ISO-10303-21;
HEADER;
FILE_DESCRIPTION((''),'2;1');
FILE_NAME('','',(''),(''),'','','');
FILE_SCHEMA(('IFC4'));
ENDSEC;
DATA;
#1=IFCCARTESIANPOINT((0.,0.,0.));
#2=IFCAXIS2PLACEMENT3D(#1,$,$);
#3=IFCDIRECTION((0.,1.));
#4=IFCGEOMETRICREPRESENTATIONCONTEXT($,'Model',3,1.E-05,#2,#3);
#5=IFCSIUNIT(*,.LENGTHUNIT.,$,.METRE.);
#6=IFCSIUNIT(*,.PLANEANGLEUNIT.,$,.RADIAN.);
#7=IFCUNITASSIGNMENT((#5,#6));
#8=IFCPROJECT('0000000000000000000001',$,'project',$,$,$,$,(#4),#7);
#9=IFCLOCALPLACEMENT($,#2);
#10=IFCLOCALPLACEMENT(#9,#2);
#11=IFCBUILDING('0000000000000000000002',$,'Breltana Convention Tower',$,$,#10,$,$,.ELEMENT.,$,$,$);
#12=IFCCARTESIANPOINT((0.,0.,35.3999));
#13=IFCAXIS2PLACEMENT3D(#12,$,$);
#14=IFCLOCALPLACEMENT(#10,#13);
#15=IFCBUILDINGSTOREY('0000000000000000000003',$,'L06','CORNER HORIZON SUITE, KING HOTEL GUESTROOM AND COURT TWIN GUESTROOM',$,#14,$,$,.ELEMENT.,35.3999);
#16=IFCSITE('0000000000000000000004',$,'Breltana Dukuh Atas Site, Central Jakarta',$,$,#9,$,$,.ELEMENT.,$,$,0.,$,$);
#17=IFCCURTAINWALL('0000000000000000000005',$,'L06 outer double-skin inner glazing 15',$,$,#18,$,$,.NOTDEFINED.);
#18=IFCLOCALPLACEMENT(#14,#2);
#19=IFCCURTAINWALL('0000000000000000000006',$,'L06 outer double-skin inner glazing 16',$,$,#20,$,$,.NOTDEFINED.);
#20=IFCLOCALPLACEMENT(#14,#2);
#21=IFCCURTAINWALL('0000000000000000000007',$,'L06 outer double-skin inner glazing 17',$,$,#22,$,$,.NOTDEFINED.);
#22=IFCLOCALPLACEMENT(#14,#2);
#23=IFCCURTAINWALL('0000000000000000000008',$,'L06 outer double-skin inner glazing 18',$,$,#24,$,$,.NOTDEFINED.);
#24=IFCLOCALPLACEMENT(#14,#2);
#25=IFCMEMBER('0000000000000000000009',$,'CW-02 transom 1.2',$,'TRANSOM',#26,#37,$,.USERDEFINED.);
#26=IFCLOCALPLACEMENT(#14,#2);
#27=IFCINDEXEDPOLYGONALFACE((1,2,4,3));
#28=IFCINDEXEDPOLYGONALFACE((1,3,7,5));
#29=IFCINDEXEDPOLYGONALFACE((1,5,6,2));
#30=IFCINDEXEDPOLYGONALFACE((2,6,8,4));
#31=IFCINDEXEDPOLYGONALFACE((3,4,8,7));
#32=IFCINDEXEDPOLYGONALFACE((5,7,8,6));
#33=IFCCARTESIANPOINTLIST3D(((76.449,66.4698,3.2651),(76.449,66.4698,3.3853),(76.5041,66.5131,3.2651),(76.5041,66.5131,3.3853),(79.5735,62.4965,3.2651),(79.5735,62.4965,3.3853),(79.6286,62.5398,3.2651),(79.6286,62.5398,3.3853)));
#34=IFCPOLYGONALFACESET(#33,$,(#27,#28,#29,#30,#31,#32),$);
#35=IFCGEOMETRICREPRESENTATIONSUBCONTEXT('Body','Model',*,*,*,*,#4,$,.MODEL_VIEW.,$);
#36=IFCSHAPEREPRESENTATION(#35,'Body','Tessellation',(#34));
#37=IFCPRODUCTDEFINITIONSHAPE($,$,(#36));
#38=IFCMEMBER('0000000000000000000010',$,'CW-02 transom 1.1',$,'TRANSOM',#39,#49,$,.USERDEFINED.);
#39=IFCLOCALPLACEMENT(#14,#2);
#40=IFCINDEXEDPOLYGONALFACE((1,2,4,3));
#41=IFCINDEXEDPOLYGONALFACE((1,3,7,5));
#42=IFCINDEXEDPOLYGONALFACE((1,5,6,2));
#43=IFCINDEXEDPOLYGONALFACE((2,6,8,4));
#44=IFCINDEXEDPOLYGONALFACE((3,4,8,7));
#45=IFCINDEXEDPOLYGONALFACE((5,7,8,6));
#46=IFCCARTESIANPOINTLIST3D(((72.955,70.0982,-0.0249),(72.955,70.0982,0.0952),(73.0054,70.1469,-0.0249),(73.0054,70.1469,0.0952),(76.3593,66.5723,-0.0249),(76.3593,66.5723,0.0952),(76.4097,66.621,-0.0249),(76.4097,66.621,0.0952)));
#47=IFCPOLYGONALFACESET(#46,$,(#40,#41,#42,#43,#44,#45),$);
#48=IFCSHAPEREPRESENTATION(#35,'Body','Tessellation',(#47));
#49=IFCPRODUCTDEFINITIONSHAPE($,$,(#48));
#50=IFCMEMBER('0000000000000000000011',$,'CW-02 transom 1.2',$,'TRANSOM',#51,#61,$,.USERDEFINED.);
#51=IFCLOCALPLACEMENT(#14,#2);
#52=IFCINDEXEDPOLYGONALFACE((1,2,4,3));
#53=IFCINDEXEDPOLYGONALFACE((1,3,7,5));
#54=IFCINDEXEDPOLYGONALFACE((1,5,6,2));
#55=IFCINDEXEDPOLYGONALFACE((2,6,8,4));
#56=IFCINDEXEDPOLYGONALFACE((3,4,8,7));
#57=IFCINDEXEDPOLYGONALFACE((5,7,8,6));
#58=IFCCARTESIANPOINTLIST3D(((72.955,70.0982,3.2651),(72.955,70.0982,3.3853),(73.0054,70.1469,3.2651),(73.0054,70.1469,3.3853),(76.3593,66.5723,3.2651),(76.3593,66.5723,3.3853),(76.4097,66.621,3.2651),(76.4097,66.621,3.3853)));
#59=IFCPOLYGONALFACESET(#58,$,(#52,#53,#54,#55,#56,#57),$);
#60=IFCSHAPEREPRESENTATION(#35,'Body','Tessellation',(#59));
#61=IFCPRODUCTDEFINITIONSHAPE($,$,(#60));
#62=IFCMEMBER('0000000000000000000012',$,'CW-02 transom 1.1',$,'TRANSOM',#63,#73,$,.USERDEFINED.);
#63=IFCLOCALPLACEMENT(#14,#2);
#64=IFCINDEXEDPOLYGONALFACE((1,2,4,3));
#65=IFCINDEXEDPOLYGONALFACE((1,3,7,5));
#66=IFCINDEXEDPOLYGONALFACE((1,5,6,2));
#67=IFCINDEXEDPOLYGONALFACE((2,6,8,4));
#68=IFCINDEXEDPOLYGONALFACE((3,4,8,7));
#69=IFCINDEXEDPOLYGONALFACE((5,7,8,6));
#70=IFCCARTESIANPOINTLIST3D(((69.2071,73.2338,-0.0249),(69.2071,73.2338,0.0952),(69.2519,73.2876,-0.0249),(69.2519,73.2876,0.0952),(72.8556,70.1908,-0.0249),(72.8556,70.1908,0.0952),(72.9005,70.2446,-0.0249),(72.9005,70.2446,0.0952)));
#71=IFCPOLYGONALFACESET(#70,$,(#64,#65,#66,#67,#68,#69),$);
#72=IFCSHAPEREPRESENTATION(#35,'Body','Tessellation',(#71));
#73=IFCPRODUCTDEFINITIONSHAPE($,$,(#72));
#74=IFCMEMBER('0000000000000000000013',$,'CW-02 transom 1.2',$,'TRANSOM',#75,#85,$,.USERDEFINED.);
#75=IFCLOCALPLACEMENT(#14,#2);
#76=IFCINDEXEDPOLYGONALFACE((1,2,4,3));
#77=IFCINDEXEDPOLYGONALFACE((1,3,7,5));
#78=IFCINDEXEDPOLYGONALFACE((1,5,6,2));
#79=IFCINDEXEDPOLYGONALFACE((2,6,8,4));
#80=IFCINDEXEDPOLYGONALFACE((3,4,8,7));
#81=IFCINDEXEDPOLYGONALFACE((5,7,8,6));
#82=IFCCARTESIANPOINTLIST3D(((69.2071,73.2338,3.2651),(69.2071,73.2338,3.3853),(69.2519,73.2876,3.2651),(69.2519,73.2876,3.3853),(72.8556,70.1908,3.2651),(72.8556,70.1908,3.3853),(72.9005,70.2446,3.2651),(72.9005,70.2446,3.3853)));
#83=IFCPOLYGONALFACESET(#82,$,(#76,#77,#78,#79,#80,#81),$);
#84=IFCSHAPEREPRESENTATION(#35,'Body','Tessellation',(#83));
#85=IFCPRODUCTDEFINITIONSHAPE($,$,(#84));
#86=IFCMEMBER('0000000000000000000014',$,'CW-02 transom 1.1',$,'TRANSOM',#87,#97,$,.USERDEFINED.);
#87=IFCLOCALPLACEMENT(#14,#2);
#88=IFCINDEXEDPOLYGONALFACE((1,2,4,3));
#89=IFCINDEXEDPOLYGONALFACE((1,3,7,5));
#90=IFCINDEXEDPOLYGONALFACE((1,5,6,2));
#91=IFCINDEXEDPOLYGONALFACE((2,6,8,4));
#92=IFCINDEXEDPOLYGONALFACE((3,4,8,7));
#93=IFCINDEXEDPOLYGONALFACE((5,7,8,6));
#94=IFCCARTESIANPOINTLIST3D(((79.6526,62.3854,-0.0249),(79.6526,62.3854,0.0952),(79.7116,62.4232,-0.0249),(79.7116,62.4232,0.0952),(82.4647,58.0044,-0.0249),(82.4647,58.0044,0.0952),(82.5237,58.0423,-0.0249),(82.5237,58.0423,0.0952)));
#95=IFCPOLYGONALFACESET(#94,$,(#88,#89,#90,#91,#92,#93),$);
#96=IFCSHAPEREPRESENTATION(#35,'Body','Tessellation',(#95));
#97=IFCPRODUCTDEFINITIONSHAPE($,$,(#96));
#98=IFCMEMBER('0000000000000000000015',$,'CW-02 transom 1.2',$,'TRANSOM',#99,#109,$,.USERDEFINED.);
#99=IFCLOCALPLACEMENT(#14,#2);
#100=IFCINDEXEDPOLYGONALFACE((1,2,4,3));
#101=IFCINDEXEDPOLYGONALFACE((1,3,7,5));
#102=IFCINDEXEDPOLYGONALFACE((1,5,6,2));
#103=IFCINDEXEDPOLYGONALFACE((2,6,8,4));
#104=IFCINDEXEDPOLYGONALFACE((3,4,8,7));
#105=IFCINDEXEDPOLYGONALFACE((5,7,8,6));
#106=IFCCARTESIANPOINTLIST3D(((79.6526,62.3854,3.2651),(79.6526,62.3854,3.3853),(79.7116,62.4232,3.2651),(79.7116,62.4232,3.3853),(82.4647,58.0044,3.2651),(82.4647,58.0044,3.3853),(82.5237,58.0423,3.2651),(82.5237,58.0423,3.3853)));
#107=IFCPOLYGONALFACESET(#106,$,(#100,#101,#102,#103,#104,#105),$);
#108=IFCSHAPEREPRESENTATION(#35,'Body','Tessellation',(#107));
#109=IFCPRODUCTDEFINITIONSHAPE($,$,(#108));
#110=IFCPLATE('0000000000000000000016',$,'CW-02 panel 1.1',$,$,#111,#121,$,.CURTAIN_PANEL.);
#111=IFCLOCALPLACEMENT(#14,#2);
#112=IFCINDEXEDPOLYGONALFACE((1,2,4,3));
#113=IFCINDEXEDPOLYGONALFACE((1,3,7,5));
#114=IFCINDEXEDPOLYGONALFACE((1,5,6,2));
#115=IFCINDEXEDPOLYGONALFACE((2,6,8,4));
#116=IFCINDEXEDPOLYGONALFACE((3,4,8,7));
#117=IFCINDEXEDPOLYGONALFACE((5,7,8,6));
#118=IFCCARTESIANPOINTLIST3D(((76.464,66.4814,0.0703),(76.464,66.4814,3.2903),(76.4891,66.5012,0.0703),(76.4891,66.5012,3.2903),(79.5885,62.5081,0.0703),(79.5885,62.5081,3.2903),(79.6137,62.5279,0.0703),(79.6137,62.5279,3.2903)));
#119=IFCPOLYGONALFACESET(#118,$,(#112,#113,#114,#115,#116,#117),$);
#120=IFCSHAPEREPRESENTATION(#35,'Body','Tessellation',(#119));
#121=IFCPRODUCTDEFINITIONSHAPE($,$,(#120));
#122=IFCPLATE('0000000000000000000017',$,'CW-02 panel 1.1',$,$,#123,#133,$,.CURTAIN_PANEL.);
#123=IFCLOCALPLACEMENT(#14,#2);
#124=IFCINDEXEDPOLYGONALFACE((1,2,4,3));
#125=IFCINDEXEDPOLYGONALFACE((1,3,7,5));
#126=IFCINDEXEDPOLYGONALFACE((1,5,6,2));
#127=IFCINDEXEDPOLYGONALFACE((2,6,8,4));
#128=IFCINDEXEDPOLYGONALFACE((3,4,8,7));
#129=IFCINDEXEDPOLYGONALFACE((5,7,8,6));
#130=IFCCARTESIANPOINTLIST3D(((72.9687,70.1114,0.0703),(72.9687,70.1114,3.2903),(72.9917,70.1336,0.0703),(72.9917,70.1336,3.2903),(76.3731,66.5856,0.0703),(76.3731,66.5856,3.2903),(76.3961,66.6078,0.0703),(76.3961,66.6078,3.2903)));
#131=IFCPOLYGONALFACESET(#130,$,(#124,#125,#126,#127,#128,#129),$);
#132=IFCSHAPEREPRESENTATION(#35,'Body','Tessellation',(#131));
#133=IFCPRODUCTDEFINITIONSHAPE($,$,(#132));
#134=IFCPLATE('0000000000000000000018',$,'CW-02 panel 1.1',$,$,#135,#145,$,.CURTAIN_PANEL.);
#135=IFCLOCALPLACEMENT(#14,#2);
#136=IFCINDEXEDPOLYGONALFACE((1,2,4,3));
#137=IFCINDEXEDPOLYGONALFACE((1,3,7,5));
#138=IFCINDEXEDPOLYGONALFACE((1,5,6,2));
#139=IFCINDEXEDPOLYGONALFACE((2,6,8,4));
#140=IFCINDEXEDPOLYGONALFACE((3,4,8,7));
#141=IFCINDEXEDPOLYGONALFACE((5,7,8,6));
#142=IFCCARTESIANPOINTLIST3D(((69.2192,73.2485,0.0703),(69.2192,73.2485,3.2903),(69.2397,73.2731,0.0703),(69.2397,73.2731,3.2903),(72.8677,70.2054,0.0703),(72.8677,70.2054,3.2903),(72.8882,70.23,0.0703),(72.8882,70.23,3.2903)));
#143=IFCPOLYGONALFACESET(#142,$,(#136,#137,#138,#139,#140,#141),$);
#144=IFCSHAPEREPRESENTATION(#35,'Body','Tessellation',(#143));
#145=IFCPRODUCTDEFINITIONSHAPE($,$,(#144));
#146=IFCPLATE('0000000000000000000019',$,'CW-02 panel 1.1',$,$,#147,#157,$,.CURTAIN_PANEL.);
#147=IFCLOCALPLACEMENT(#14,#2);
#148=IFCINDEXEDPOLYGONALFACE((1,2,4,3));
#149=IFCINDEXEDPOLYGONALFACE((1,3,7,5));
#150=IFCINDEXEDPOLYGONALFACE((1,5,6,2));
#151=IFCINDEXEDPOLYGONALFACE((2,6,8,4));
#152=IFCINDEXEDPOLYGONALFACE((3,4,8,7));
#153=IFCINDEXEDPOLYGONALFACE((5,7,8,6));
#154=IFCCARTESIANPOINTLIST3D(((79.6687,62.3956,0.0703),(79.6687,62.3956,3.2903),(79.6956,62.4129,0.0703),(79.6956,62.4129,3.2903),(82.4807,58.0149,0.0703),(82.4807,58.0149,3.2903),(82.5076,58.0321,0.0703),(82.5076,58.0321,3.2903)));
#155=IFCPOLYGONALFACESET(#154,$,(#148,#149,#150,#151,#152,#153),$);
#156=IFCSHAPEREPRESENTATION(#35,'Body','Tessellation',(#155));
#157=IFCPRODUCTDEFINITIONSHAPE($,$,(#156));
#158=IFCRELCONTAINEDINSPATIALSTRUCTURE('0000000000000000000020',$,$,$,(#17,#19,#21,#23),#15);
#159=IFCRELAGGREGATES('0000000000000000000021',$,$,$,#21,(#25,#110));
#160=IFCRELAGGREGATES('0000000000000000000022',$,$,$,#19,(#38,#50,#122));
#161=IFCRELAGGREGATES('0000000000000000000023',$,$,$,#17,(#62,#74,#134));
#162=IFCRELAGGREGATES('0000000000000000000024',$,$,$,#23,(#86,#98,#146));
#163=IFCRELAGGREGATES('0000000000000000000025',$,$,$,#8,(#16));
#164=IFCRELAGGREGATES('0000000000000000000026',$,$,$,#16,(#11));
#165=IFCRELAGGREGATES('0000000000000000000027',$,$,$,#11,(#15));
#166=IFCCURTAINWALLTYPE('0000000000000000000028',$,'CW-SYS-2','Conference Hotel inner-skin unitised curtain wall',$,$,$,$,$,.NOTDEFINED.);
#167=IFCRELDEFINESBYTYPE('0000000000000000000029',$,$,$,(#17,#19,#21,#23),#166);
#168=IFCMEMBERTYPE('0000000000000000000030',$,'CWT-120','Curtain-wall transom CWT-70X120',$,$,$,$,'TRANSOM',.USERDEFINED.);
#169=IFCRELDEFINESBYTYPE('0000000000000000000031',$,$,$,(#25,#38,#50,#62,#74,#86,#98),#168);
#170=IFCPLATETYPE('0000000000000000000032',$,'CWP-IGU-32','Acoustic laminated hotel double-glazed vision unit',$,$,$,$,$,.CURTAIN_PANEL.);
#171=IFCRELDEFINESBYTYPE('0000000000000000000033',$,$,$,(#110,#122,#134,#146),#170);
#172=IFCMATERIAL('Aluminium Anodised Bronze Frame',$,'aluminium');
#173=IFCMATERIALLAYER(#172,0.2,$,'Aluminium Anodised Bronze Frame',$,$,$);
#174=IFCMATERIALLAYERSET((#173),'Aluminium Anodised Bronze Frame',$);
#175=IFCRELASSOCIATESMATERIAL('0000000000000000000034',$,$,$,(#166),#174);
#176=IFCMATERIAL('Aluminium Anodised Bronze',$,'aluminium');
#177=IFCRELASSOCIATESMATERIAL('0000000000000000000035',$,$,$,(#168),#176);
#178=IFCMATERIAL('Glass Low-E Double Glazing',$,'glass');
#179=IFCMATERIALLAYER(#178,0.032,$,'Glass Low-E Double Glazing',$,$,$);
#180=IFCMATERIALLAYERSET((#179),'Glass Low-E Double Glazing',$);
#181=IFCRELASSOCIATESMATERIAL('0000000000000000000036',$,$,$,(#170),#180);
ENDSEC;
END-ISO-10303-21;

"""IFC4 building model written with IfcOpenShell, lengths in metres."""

from ifc_helpers import new_model, si_unit, direction, frame, origin, origin_2d, place, context, subcontext, project, spatial, rectangle, extrude, source, transform, mapped, material, layer, layer_set, material_profile, profile_set, type_object, element, aggregate, save


model = new_model("IFC4")

# Units and contexts
model_context = context("Model", 3, precision=1e-05, world=origin(), true_north=direction((0.0, 1.0)))
body_context = subcontext(model_context, "Body", "Model", "MODEL_VIEW")
ifc_project = project(units=[si_unit("LENGTHUNIT", "METRE"), si_unit("PLANEANGLEUNIT", "RADIAN")], contexts=[model_context])

# Site, building, storey
site_placement = place(None, origin())
site = spatial("IfcSite", under=ifc_project, at=site_placement, Name="Breltana Dukuh Atas Site, Central Jakarta", CompositionType="ELEMENT", RefElevation=0.0)
building_placement = place(site_placement, origin())
building = spatial("IfcBuilding", under=site, at=building_placement, Name="Breltana Convention Tower", CompositionType="ELEMENT")
storey_placement = place(building_placement, frame((0.0, 0.0, 35.3999)))
storey = spatial("IfcBuildingStorey", under=building, at=storey_placement, Name="L06", Description="CORNER HORIZON SUITE, KING HOTEL GUESTROOM AND COURT TWIN GUESTROOM", CompositionType="ELEMENT", Elevation=35.3999)

# Curtain walls
ifc_material_1 = material(Name="Aluminium Anodised Bronze Frame", Category="aluminium")
ifc_layer_1 = layer(ifc_material_1, 0.2, Name="Aluminium Anodised Bronze Frame")
ifc_layer_set_1 = layer_set([ifc_layer_1], Name="Aluminium Anodised Bronze Frame")
curtain_wall_type = type_object("IfcCurtainWallType", Name="CW-SYS-2", Description="Conference Hotel inner-skin unitised curtain wall", PredefinedType="NOTDEFINED", material=ifc_layer_set_1)
curtain_wall_1_placement = place(storey_placement, origin())
curtain_wall_1 = element("IfcCurtainWall", 1, at=curtain_wall_1_placement, inside=storey, type_object=curtain_wall_type, Name="L06 outer double-skin inner glazing 15", PredefinedType="NOTDEFINED")
ifc_material_2 = material(Name="Aluminium Anodised Bronze", Category="aluminium")
curtain_wall_2_placement = place(storey_placement, origin())
curtain_wall_2 = element("IfcCurtainWall", 2, at=curtain_wall_2_placement, inside=storey, type_object=curtain_wall_type, Name="L06 outer double-skin inner glazing 16", PredefinedType="NOTDEFINED")
curtain_wall_3_placement = place(storey_placement, origin())
curtain_wall_3 = element("IfcCurtainWall", 3, at=curtain_wall_3_placement, inside=storey, type_object=curtain_wall_type, Name="L06 outer double-skin inner glazing 17", PredefinedType="NOTDEFINED")
curtain_wall_4_placement = place(storey_placement, origin())
curtain_wall_4 = element("IfcCurtainWall", 4, at=curtain_wall_4_placement, inside=storey, type_object=curtain_wall_type, Name="L06 outer double-skin inner glazing 18", PredefinedType="NOTDEFINED")

# Members
ifc_material_profile_1 = material_profile(ifc_material_2, rectangle(XDim=0.0701, YDim=0.1201, at=origin_2d()), Name="CWT-70X120")
ifc_profile_set_1 = profile_set([ifc_material_profile_1], Name="Aluminium Anodised Bronze")
member_type_1 = type_object("IfcMemberType", Name="CWT-120", Description="Curtain-wall transom CWT-70X120", ElementType="TRANSOM", PredefinedType="USERDEFINED", material=ifc_profile_set_1)
shared_shape_1 = source(origin(), body_context, "Body", "SweptSolid", [
    extrude(rectangle(XDim=0.0701, YDim=0.1201, at=origin_2d()), origin(), (0.0, 0.0, 1.0), 5.0547),
])
member_1_placement = place(storey_placement, frame((76.4766, 66.4915, 3.3252), z_axis=(0.618135, -0.786072, 0.0), x_axis=(0.786072, 0.618135, 0.0)))
member_1 = element("IfcMember", 5, at=member_1_placement, type_object=member_type_1, Name="CW-02 transom 1.2", ObjectType="TRANSOM", PredefinedType="USERDEFINED", context=body_context, shape_type="MappedRepresentation", body=[
    mapped(shared_shape_1, transform((0.0, 0.0, 0.0), scale=1.0)),
])
shared_shape_2 = source(origin(), body_context, "Body", "SweptSolid", [
    extrude(rectangle(XDim=0.0701, YDim=0.1201, at=origin_2d()), origin(), (0.0, 0.0, 1.0), 4.9011),
])
member_2_placement = place(storey_placement, frame((72.9802, 70.1226, 0.0352), z_axis=(0.694595, -0.719401, 0.0), x_axis=(0.719401, 0.694595, 0.0)))
member_2 = element("IfcMember", 6, at=member_2_placement, type_object=member_type_1, Name="CW-02 transom 1.1", ObjectType="TRANSOM", PredefinedType="USERDEFINED", context=body_context, shape_type="MappedRepresentation", body=[
    mapped(shared_shape_2, transform((0.0, 0.0, 0.0), scale=1.0)),
])
member_3_placement = place(storey_placement, frame((72.9802, 70.1226, 3.3252), z_axis=(0.694595, -0.719401, 0.0), x_axis=(0.719401, 0.694595, 0.0)))
member_3 = element("IfcMember", 7, at=member_3_placement, type_object=member_type_1, Name="CW-02 transom 1.2", ObjectType="TRANSOM", PredefinedType="USERDEFINED", context=body_context, shape_type="MappedRepresentation", body=[
    mapped(shared_shape_2, transform((0.0, 0.0, 0.0), scale=1.0)),
])
shared_shape_3 = source(origin(), body_context, "Body", "SweptSolid", [
    extrude(rectangle(XDim=0.0701, YDim=0.1201, at=origin_2d()), origin(), (0.0, 0.0, 1.0), 4.751),
])
member_4_placement = place(storey_placement, frame((69.2295, 73.2607, 0.0352), z_axis=(0.767952, -0.640508, 0.0), x_axis=(0.640508, 0.767952, 0.0)))
member_4 = element("IfcMember", 8, at=member_4_placement, type_object=member_type_1, Name="CW-02 transom 1.1", ObjectType="TRANSOM", PredefinedType="USERDEFINED", context=body_context, shape_type="MappedRepresentation", body=[
    mapped(shared_shape_3, transform((0.0, 0.0, 0.0), scale=1.0)),
])
member_5_placement = place(storey_placement, frame((69.2295, 73.2607, 3.3252), z_axis=(0.767952, -0.640508, 0.0), x_axis=(0.640508, 0.767952, 0.0)))
member_5 = element("IfcMember", 9, at=member_5_placement, type_object=member_type_1, Name="CW-02 transom 1.2", ObjectType="TRANSOM", PredefinedType="USERDEFINED", context=body_context, shape_type="MappedRepresentation", body=[
    mapped(shared_shape_3, transform((0.0, 0.0, 0.0), scale=1.0)),
])
shared_shape_4 = source(origin(), body_context, "Body", "SweptSolid", [
    extrude(rectangle(XDim=0.0701, YDim=0.1201, at=origin_2d()), origin(), (0.0, 0.0, 1.0), 5.2058),
])
member_6_placement = place(storey_placement, frame((79.6821, 62.4043, 0.0352), z_axis=(0.540179, -0.84155, 0.0), x_axis=(0.84155, 0.540179, 0.0)))
member_6 = element("IfcMember", 10, at=member_6_placement, type_object=member_type_1, Name="CW-02 transom 1.1", ObjectType="TRANSOM", PredefinedType="USERDEFINED", context=body_context, shape_type="MappedRepresentation", body=[
    mapped(shared_shape_4, transform((0.0, 0.0, 0.0), scale=1.0)),
])
member_7_placement = place(storey_placement, frame((79.6821, 62.4043, 3.3252), z_axis=(0.540179, -0.84155, 0.0), x_axis=(0.84155, 0.540179, 0.0)))
member_7 = element("IfcMember", 11, at=member_7_placement, type_object=member_type_1, Name="CW-02 transom 1.2", ObjectType="TRANSOM", PredefinedType="USERDEFINED", context=body_context, shape_type="MappedRepresentation", body=[
    mapped(shared_shape_4, transform((0.0, 0.0, 0.0), scale=1.0)),
])

# Plates
ifc_material_3 = material(Name="Glass Low-E Double Glazing", Category="glass")
ifc_layer_2 = layer(ifc_material_3, 0.032, Name="Glass Low-E Double Glazing")
ifc_layer_set_2 = layer_set([ifc_layer_2], Name="Glass Low-E Double Glazing")
plate_type = type_object("IfcPlateType", Name="CWP-IGU-32", Description="Acoustic laminated hotel double-glazed vision unit", PredefinedType="CURTAIN_PANEL", material=ifc_layer_set_2)
shared_shape_5 = source(origin(), body_context, "Body", "SweptSolid", [
    extrude(rectangle(XDim=5.0547, YDim=0.032, at=origin_2d()), origin(), (0.0, 0.0, 1.0), 3.22),
])
plate_1_placement = place(storey_placement, frame((78.0388, 64.5046, 0.0703), z_axis=(0.0, 0.0, 1.0), x_axis=(0.618154, -0.786057, 0.0)))
plate_1 = element("IfcPlate", 12, at=plate_1_placement, type_object=plate_type, Name="CW-02 panel 1.1", PredefinedType="CURTAIN_PANEL", context=body_context, shape_type="MappedRepresentation", body=[
    mapped(shared_shape_5, transform((0.0, 0.0, 0.0), scale=1.0)),
])
aggregate(curtain_wall_3, [member_1, plate_1])
shared_shape_6 = source(origin(), body_context, "Body", "SweptSolid", [
    extrude(rectangle(XDim=4.9011, YDim=0.032, at=origin_2d()), origin(), (0.0, 0.0, 1.0), 3.22),
])
plate_2_placement = place(storey_placement, frame((74.6824, 68.3596, 0.0703), z_axis=(0.0, 0.0, 1.0), x_axis=(0.69461, -0.719386, 0.0)))
plate_2 = element("IfcPlate", 13, at=plate_2_placement, type_object=plate_type, Name="CW-02 panel 1.1", PredefinedType="CURTAIN_PANEL", context=body_context, shape_type="MappedRepresentation", body=[
    mapped(shared_shape_6, transform((0.0, 0.0, 0.0), scale=1.0)),
])
aggregate(curtain_wall_2, [member_2, member_3, plate_2])
shared_shape_7 = source(origin(), body_context, "Body", "SweptSolid", [
    extrude(rectangle(XDim=4.751, YDim=0.032, at=origin_2d()), origin(), (0.0, 0.0, 1.0), 3.22),
])
plate_3_placement = place(storey_placement, frame((71.0537, 71.7393, 0.0703), z_axis=(0.0, 0.0, 1.0), x_axis=(0.767941, -0.64052, 0.0)))
plate_3 = element("IfcPlate", 14, at=plate_3_placement, type_object=plate_type, Name="CW-02 panel 1.1", PredefinedType="CURTAIN_PANEL", context=body_context, shape_type="MappedRepresentation", body=[
    mapped(shared_shape_7, transform((0.0, 0.0, 0.0), scale=1.0)),
])
aggregate(curtain_wall_1, [member_4, member_5, plate_3])
shared_shape_8 = source(origin(), body_context, "Body", "SweptSolid", [
    extrude(rectangle(XDim=5.2056, YDim=0.032, at=origin_2d()), origin(), (0.0, 0.0, 1.0), 3.22),
])
plate_4_placement = place(storey_placement, frame((81.0881, 60.2139, 0.0703), z_axis=(0.0, 0.0, 1.0), x_axis=(0.540181, -0.841549, 0.0)))
plate_4 = element("IfcPlate", 15, at=plate_4_placement, type_object=plate_type, Name="CW-02 panel 1.1", PredefinedType="CURTAIN_PANEL", context=body_context, shape_type="MappedRepresentation", body=[
    mapped(shared_shape_8, transform((0.0, 0.0, 0.0), scale=1.0)),
])
aggregate(curtain_wall_4, [member_6, member_7, plate_4])

save(model, "model.ifc")
